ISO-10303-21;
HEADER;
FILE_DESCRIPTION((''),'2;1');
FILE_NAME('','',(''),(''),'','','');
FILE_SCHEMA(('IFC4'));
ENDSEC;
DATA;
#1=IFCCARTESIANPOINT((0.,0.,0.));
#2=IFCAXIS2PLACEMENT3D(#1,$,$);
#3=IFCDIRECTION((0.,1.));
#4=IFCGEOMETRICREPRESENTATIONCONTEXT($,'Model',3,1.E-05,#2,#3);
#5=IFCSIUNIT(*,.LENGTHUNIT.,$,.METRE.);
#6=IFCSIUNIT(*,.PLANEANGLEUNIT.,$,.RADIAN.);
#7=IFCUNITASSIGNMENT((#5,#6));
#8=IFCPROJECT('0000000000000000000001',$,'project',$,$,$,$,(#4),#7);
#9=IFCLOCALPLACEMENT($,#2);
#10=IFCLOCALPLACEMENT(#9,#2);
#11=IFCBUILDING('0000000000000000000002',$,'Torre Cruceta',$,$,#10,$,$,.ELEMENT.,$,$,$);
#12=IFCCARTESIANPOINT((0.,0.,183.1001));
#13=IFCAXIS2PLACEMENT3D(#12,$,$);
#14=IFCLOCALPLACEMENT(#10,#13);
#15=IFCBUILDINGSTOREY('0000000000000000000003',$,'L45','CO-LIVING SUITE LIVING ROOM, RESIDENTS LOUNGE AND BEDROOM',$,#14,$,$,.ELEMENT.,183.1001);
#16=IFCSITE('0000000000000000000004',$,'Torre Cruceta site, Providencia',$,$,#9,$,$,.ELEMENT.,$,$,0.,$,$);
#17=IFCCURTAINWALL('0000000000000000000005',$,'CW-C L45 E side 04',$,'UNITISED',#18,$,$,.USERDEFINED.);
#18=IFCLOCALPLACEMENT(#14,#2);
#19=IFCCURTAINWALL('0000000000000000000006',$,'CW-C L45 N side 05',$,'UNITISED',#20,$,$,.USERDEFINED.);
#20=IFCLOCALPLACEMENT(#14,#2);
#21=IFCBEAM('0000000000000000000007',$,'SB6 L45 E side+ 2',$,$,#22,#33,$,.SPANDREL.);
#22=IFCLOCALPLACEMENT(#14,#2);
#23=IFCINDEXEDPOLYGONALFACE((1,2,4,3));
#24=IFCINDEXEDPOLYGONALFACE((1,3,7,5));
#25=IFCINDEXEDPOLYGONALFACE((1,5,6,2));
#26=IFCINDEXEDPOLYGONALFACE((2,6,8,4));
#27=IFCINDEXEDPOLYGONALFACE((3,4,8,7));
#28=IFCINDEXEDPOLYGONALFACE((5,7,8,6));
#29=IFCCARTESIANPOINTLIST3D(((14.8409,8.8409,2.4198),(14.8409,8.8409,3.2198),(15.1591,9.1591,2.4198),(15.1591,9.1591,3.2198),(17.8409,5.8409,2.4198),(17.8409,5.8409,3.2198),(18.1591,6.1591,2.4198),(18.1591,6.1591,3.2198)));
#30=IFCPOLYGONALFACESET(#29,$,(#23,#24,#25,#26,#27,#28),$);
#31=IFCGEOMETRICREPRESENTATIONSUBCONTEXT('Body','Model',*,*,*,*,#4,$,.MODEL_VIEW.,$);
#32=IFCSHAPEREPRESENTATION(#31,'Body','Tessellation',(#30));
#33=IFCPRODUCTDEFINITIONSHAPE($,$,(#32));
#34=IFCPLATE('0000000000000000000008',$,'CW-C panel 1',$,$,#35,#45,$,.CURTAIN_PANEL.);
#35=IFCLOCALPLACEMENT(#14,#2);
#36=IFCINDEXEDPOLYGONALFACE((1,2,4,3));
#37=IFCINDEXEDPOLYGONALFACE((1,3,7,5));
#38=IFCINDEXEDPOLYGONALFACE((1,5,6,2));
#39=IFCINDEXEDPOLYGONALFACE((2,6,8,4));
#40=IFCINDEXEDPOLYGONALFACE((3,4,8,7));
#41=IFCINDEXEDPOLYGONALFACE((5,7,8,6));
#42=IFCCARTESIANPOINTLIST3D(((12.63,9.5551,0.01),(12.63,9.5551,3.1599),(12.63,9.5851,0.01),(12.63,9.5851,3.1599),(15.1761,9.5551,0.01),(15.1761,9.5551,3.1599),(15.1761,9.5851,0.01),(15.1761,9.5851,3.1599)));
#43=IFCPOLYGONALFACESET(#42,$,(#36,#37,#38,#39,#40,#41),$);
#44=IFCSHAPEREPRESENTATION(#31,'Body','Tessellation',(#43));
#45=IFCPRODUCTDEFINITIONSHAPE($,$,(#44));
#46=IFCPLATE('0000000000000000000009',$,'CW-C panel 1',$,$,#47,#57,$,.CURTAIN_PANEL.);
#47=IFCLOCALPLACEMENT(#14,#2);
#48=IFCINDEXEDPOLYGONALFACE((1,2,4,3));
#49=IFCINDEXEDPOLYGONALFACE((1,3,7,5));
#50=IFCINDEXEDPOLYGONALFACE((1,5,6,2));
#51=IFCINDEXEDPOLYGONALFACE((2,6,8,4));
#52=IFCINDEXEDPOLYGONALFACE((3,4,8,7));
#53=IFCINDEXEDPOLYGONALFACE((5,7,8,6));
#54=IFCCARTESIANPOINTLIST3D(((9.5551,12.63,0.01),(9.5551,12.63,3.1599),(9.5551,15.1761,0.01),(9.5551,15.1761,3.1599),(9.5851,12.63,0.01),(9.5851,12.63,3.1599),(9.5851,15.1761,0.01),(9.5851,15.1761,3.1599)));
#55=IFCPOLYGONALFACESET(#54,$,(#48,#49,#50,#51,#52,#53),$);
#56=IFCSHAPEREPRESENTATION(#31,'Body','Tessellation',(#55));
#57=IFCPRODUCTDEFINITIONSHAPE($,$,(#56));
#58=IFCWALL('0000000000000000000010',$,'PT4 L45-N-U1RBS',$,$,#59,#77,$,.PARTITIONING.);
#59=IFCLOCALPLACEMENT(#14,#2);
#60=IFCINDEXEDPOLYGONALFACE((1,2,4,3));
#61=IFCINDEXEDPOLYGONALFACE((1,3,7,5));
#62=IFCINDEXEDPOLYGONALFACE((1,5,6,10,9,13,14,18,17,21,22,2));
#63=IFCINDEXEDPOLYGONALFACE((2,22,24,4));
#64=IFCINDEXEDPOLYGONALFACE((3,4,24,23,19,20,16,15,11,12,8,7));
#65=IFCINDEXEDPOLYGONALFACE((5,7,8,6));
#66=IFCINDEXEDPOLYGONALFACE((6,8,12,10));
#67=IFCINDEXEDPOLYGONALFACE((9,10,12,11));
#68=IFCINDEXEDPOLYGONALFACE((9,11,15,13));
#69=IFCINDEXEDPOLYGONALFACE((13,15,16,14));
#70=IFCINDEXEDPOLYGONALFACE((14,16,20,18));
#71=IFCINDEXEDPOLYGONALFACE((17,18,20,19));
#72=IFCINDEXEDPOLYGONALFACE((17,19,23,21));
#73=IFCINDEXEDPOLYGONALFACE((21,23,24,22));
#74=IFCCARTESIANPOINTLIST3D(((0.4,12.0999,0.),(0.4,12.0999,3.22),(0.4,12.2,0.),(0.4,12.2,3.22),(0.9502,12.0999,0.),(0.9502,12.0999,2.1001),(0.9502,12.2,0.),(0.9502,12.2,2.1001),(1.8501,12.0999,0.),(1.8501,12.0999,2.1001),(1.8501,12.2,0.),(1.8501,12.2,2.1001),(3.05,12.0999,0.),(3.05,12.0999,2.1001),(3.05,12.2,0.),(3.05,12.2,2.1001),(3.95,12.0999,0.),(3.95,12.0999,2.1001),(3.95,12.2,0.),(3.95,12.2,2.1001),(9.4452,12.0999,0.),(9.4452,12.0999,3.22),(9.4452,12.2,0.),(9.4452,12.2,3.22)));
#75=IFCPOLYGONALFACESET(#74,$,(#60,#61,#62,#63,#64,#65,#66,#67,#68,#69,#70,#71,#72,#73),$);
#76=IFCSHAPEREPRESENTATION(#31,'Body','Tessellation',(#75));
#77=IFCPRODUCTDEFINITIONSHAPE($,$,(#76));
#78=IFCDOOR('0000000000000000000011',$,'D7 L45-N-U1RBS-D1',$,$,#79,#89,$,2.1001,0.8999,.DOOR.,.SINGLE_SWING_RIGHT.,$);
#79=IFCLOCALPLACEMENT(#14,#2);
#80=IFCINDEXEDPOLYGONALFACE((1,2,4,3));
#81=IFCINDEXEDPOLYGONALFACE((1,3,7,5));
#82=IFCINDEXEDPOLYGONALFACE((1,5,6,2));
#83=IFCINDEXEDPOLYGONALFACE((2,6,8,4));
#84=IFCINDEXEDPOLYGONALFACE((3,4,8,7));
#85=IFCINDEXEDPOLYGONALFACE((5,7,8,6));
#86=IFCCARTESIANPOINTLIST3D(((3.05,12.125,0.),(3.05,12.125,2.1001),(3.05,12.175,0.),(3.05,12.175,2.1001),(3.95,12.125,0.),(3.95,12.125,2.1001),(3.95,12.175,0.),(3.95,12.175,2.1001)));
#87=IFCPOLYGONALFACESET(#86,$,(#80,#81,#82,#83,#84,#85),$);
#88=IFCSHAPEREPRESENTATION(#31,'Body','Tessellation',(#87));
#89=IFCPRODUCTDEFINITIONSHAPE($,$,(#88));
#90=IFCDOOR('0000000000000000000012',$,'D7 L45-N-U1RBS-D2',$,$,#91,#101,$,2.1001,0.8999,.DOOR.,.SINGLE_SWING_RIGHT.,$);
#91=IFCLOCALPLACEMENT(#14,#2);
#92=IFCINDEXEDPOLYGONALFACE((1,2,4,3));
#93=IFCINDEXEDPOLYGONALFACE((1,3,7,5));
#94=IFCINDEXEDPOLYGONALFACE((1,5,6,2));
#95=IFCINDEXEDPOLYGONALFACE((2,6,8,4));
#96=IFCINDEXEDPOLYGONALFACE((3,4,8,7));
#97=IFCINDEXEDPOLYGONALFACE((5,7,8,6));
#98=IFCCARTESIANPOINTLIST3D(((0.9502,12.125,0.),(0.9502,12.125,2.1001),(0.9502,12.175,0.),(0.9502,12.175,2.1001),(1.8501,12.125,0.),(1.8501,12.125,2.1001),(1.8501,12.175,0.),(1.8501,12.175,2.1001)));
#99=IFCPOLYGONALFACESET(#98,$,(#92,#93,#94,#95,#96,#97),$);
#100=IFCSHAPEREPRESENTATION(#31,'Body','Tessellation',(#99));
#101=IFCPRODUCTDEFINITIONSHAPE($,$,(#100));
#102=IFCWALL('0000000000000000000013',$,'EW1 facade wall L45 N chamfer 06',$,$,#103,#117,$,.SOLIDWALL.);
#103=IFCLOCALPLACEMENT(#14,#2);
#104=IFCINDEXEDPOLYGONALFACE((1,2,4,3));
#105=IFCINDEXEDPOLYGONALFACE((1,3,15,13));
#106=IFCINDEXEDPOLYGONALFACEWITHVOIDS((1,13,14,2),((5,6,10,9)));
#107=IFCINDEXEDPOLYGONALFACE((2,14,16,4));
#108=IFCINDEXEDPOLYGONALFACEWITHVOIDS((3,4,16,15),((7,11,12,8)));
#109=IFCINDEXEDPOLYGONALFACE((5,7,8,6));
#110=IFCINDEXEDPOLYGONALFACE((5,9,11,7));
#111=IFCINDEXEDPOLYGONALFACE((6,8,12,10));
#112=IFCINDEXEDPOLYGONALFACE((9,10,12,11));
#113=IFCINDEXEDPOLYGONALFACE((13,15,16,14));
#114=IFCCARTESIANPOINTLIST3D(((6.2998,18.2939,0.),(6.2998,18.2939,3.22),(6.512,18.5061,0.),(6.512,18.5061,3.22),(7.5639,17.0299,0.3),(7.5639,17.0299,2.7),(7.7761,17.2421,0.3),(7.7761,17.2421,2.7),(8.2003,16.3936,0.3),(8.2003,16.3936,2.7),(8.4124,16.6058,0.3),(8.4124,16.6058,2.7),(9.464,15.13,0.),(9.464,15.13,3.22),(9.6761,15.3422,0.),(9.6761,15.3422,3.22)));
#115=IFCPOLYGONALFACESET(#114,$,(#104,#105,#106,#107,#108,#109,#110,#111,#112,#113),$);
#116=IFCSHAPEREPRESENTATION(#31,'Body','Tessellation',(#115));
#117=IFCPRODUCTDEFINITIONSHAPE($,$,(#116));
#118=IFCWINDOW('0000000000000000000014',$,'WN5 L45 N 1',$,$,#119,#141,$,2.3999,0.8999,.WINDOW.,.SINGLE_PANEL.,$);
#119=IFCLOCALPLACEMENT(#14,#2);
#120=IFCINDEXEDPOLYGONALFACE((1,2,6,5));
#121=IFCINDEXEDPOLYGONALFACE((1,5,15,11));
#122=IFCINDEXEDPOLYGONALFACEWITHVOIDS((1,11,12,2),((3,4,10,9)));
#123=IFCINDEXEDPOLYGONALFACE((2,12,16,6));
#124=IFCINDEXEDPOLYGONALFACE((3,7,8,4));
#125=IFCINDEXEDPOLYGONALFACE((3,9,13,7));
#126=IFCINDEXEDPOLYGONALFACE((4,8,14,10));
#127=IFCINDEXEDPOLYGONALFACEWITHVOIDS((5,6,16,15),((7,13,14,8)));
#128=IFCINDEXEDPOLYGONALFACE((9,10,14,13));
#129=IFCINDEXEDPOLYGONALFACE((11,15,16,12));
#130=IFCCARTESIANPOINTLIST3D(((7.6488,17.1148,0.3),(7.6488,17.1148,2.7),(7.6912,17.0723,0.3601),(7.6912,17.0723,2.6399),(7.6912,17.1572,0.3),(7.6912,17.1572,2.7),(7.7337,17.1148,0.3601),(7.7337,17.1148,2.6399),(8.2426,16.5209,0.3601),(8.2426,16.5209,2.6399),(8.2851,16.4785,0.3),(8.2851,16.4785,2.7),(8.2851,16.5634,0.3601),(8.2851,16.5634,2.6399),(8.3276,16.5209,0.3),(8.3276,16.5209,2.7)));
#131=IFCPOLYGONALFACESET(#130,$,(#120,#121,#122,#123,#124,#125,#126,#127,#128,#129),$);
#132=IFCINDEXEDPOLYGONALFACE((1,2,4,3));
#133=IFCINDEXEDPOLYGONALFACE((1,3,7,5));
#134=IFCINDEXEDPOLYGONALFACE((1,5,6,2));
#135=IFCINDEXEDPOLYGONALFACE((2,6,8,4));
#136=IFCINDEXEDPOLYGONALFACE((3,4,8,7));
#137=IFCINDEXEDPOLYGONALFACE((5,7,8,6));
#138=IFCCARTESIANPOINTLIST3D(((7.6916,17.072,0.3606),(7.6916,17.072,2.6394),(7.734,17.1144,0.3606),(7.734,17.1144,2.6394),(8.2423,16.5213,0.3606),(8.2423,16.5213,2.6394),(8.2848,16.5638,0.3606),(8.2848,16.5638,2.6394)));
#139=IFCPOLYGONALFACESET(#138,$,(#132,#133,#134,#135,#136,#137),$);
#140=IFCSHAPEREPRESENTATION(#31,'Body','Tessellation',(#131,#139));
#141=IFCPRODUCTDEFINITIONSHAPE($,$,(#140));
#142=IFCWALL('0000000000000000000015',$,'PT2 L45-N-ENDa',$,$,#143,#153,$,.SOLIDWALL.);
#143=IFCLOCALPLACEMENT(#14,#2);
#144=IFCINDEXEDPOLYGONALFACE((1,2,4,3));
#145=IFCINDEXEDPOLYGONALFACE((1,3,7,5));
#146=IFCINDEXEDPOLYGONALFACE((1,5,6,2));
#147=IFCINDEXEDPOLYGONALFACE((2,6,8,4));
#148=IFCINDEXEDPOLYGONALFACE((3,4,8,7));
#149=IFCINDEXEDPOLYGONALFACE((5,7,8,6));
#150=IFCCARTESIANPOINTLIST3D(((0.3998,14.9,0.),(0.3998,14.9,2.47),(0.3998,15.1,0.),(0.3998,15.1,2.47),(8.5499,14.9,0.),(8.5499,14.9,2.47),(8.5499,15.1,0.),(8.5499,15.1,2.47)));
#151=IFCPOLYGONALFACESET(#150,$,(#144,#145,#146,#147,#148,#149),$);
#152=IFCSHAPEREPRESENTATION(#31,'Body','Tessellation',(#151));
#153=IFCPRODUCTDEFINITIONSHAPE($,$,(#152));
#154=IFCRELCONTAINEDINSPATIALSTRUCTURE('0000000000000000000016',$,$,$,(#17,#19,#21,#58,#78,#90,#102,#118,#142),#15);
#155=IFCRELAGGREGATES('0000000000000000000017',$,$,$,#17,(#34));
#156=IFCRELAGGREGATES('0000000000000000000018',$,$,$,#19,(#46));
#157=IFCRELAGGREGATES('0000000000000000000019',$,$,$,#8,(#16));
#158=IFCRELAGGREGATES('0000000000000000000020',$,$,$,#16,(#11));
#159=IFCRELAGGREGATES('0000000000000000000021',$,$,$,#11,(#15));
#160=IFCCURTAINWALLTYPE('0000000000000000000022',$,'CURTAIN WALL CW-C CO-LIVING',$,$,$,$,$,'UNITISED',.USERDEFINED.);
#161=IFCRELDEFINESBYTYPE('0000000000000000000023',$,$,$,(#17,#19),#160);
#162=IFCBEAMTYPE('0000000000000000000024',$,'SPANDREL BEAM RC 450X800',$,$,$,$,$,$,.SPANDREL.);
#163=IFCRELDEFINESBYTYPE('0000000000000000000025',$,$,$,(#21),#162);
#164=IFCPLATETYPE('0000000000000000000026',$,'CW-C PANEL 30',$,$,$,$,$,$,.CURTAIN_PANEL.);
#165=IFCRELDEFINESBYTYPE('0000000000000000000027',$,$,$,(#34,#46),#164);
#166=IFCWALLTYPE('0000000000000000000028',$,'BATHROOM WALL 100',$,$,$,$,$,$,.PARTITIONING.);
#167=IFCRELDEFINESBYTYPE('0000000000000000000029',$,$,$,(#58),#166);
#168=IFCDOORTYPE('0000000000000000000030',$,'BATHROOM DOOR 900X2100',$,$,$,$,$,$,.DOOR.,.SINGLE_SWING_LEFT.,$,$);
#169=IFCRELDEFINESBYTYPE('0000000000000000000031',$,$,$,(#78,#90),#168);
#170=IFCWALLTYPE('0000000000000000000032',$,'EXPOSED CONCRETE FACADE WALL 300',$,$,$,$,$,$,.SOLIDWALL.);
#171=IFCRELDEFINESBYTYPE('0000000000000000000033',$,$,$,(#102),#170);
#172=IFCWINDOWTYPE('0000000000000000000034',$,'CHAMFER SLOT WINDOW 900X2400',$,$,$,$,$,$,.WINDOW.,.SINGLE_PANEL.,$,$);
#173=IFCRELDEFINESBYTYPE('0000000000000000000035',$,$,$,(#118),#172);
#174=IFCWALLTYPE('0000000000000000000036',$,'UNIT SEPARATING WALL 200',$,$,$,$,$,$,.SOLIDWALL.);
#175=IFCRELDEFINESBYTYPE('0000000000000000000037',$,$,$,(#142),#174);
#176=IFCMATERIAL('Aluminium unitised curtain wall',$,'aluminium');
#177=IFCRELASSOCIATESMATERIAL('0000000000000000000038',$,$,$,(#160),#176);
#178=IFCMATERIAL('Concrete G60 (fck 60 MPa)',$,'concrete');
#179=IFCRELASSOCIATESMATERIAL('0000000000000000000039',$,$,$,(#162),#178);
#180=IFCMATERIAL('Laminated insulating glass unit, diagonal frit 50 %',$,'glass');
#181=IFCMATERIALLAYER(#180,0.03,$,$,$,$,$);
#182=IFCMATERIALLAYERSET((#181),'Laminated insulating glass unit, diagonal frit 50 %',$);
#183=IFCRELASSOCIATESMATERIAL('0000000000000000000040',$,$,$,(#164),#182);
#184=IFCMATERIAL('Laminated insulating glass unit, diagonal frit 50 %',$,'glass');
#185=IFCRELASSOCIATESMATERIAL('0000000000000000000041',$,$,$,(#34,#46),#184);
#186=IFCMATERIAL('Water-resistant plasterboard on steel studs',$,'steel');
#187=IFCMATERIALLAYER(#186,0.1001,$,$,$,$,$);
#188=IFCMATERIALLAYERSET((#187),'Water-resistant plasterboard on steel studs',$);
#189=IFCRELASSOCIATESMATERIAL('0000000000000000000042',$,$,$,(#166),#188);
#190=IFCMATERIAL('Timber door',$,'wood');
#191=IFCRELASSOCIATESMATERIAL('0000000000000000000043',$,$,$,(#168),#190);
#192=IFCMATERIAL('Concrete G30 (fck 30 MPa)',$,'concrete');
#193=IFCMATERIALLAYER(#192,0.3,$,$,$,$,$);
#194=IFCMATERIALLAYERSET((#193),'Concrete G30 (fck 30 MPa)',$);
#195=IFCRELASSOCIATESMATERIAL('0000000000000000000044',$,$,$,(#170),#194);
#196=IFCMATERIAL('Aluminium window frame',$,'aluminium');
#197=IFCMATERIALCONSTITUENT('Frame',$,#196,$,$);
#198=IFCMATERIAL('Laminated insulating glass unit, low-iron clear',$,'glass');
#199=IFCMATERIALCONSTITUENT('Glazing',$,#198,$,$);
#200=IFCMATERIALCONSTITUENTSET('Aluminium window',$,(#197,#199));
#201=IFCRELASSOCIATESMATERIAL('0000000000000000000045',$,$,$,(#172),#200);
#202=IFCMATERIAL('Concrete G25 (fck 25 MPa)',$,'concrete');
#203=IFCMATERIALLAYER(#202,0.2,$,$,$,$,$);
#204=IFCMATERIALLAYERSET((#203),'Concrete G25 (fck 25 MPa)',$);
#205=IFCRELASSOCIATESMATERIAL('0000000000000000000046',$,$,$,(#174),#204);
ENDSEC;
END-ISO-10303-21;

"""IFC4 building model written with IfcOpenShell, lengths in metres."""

from ifc_helpers import new_model, si_unit, direction, frame, frame_2d, origin, origin_2d, place, context, subcontext, project, spatial, rectangle, hollow_rectangle, extrude, material, layer, layer_set, constituent, constituent_set, material_profile, profile_set, type_object, element, fill, aggregate, save


model = new_model("IFC4")

# Units and contexts
model_context = context("Model", 3, precision=1e-05, world=origin(), true_north=direction((0.0, 1.0)))
body_context = subcontext(model_context, "Body", "Model", "MODEL_VIEW")
ifc_project = project(units=[si_unit("LENGTHUNIT", "METRE"), si_unit("PLANEANGLEUNIT", "RADIAN")], contexts=[model_context])

# Site, building, storey
site_placement = place(None, origin())
site = spatial("IfcSite", under=ifc_project, at=site_placement, Name="Torre Cruceta site, Providencia", CompositionType="ELEMENT", RefElevation=0.0)
building_placement = place(site_placement, origin())
building = spatial("IfcBuilding", under=site, at=building_placement, Name="Torre Cruceta", CompositionType="ELEMENT")
storey_placement = place(building_placement, frame((0.0, 0.0, 183.1001)))
storey = spatial("IfcBuildingStorey", under=building, at=storey_placement, Name="L45", Description="CO-LIVING SUITE LIVING ROOM, RESIDENTS LOUNGE AND BEDROOM", CompositionType="ELEMENT", Elevation=183.1001)

# Curtain walls
ifc_material_1 = material(Name="Aluminium unitised curtain wall", Category="aluminium")
curtain_wall_type = type_object("IfcCurtainWallType", Name="CURTAIN WALL CW-C CO-LIVING", ElementType="UNITISED", PredefinedType="USERDEFINED", material=ifc_material_1)
curtain_wall_1_placement = place(storey_placement, origin())
curtain_wall_1 = element("IfcCurtainWall", 1, at=curtain_wall_1_placement, inside=storey, type_object=curtain_wall_type, Name="CW-C L45 E side 04", ObjectType="UNITISED", PredefinedType="USERDEFINED")
curtain_wall_2_placement = place(storey_placement, origin())
curtain_wall_2 = element("IfcCurtainWall", 2, at=curtain_wall_2_placement, inside=storey, type_object=curtain_wall_type, Name="CW-C L45 N side 05", ObjectType="UNITISED", PredefinedType="USERDEFINED")

# Beam
ifc_material_2 = material(Name="Concrete G60 (fck 60 MPa)", Category="concrete")
ifc_material_profile_1 = material_profile(ifc_material_2, rectangle(XDim=0.45, YDim=0.8, at=origin_2d()), Name="RC 450X800")
ifc_profile_set_1 = profile_set([ifc_material_profile_1], Name="Concrete G60 (fck 60 MPa)")
beam_type_1 = type_object("IfcBeamType", Name="SPANDREL BEAM RC 450X800", PredefinedType="SPANDREL", material=ifc_profile_set_1)
for number, where, z_axis, x_axis, name in (
    (3, (15.0, 9.0, 2.8198), (0.707107, -0.707107, 0.0), (0.707107, 0.707107, 0.0), "SB6 L45 E side+ 2"),
):
    element("IfcBeam", number, at=place(storey_placement, frame(where, z_axis=z_axis, x_axis=x_axis)), inside=storey, type_object=beam_type_1, Name=name, PredefinedType="SPANDREL", context=body_context, shape_type="SweptSolid", body=[
        extrude(rectangle(XDim=0.45, YDim=0.8, at=origin_2d()), origin(), (0.0, 0.0, 1.0), 4.2427),
    ])

# Plates
ifc_material_3 = material(Name="Laminated insulating glass unit, diagonal frit 50 %", Category="glass")
ifc_material_4 = material(Name="Laminated insulating glass unit, diagonal frit 50 %", Category="glass")
ifc_layer_1 = layer(ifc_material_4, 0.03)
ifc_layer_set_1 = layer_set([ifc_layer_1], Name="Laminated insulating glass unit, diagonal frit 50 %")
plate_type = type_object("IfcPlateType", Name="CW-C PANEL 30", PredefinedType="CURTAIN_PANEL", material=ifc_layer_set_1)
plate_1_placement = place(storey_placement, frame((13.9031, 9.5701, 0.01), z_axis=(0.0, 0.0, 1.0), x_axis=(-1.0, 0.0, 0.0)))
plate_1 = element("IfcPlate", 4, at=plate_1_placement, type_object=plate_type, material=ifc_material_3, Name="CW-C panel 1", PredefinedType="CURTAIN_PANEL", context=body_context, shape_type="SweptSolid", body=[
    extrude(rectangle(XDim=2.5461, YDim=0.03, at=origin_2d()), origin(), (0.0, 0.0, 1.0), 3.1499),
])
aggregate(curtain_wall_1, [plate_1])
plate_2_placement = place(storey_placement, frame((9.5701, 13.9031, 0.01), z_axis=(0.0, 0.0, 1.0), x_axis=(0.0, 1.0, 0.0)))
plate_2 = element("IfcPlate", 5, at=plate_2_placement, type_object=plate_type, material=ifc_material_3, Name="CW-C panel 1", PredefinedType="CURTAIN_PANEL", context=body_context, shape_type="SweptSolid", body=[
    extrude(rectangle(XDim=2.5461, YDim=0.03, at=origin_2d()), origin(), (0.0, 0.0, 1.0), 3.1499),
])
aggregate(curtain_wall_2, [plate_2])

# Wall, openings, doors
ifc_material_5 = material(Name="Water-resistant plasterboard on steel studs", Category="steel")
ifc_layer_2 = layer(ifc_material_5, 0.1001)
ifc_layer_set_2 = layer_set([ifc_layer_2], Name="Water-resistant plasterboard on steel studs")
wall_type_1 = type_object("IfcWallType", Name="BATHROOM WALL 100", PredefinedType="PARTITIONING", material=ifc_layer_set_2)
wall_1_placement = place(storey_placement, frame((9.4451, 12.1499, 0.0), z_axis=(0.0, 0.0, 1.0), x_axis=(-1.0, 0.0, 0.0)))
wall_1 = element("IfcWall", 6, at=wall_1_placement, inside=storey, type_object=wall_type_1, Name="PT4 L45-N-U1RBS", PredefinedType="PARTITIONING", context=body_context, shape_type="SweptSolid", body=[
    extrude(rectangle(XDim=9.0452, YDim=0.1001, at=frame_2d((4.5225, 0.0))), origin(), (0.0, 0.0, 1.0), 3.22),
])
opening_1_placement = place(wall_1_placement, frame((5.4951, 0.0, 0.0)))
opening_1 = element("IfcOpeningElement", 7, at=opening_1_placement, cuts=wall_1, PredefinedType="OPENING", context=body_context, shape_type="SweptSolid", body=[
    extrude(rectangle(XDim=0.8999, YDim=2.1001, at=frame_2d((0.45, 1.05))), frame((0.0, 0.0601, 0.0), z_axis=(0.0, -1.0, 0.0), x_axis=(1.0, 0.0, 0.0)), (0.0, 0.0, 1.0), 0.1201),
])
opening_2_placement = place(wall_1_placement, frame((7.595, 0.0, 0.0)))
opening_2 = element("IfcOpeningElement", 8, at=opening_2_placement, cuts=wall_1, PredefinedType="OPENING", context=body_context, shape_type="SweptSolid", body=[
    extrude(rectangle(XDim=0.8999, YDim=2.1001, at=frame_2d((0.45, 1.05))), frame((0.0, 0.0601, 0.0), z_axis=(0.0, -1.0, 0.0), x_axis=(1.0, 0.0, 0.0)), (0.0, 0.0, 1.0), 0.1201),
])
ifc_material_6 = material(Name="Timber door", Category="wood")
door_type_1 = type_object("IfcDoorType", Name="BATHROOM DOOR 900X2100", OperationType="SINGLE_SWING_LEFT", PredefinedType="DOOR", material=ifc_material_6)
door_1_placement = place(opening_1_placement, origin())
door_1 = element("IfcDoor", 9, at=door_1_placement, inside=storey, type_object=door_type_1, Name="D7 L45-N-U1RBS-D1", OperationType="SINGLE_SWING_RIGHT", OverallHeight=2.1001, OverallWidth=0.8999, PredefinedType="DOOR", context=body_context, shape_type="SweptSolid", body=[
    extrude(rectangle(XDim=0.8999, YDim=2.1001, at=frame_2d((0.45, 1.05))), frame((0.0, 0.0249, 0.0), z_axis=(0.0, -1.0, 0.0), x_axis=(1.0, 0.0, 0.0)), (0.0, 0.0, 1.0), 0.05),
])
fill(opening_1, door_1)
door_2_placement = place(opening_2_placement, origin())
door_2 = element("IfcDoor", 10, at=door_2_placement, inside=storey, type_object=door_type_1, Name="D7 L45-N-U1RBS-D2", OperationType="SINGLE_SWING_RIGHT", OverallHeight=2.1001, OverallWidth=0.8999, PredefinedType="DOOR", context=body_context, shape_type="SweptSolid", body=[
    extrude(rectangle(XDim=0.8999, YDim=2.1001, at=frame_2d((0.45, 1.05))), frame((0.0, 0.0249, 0.0), z_axis=(0.0, -1.0, 0.0), x_axis=(1.0, 0.0, 0.0)), (0.0, 0.0, 1.0), 0.05),
])
fill(opening_2, door_2)

# Wall, opening, window
ifc_material_7 = material(Name="Concrete G30 (fck 30 MPa)", Category="concrete")
ifc_layer_3 = layer(ifc_material_7, 0.3)
ifc_layer_set_3 = layer_set([ifc_layer_3], Name="Concrete G30 (fck 30 MPa)")
wall_type_2 = type_object("IfcWallType", Name="EXPOSED CONCRETE FACADE WALL 300", PredefinedType="SOLIDWALL", material=ifc_layer_set_3)
wall_2_placement = place(storey_placement, frame((9.5701, 15.2361, 0.0), z_axis=(0.0, 0.0, 1.0), x_axis=(-0.707134, 0.707079, 0.0)))
wall_2 = element("IfcWall", 11, at=wall_2_placement, inside=storey, type_object=wall_type_2, Name="EW1 facade wall L45 N chamfer 06", PredefinedType="SOLIDWALL", context=body_context, shape_type="SweptSolid", body=[
    extrude(rectangle(XDim=4.4746, YDim=0.3, at=frame_2d((2.2373, 0.0))), origin(), (0.0, 0.0, 1.0), 3.22),
])
opening_3_placement = place(wall_2_placement, frame((1.7871, 0.0, 0.3)))
opening_3 = element("IfcOpeningElement", 12, at=opening_3_placement, cuts=wall_2, PredefinedType="OPENING", context=body_context, shape_type="SweptSolid", body=[
    extrude(rectangle(XDim=0.8999, YDim=2.3999, at=frame_2d((0.45, 1.2))), frame((0.0, 0.1599, 0.0), z_axis=(0.0, -1.0, 0.0), x_axis=(1.0, 0.0, 0.0)), (0.0, 0.0, 1.0), 0.3201),
])
ifc_material_8 = material(Name="Aluminium window frame", Category="aluminium")
ifc_constituent_1 = constituent(ifc_material_8, Name="Frame")
ifc_material_9 = material(Name="Laminated insulating glass unit, low-iron clear", Category="glass")
ifc_constituent_2 = constituent(ifc_material_9, Name="Glazing")
ifc_constituent_set_1 = constituent_set(constituents=[ifc_constituent_1, ifc_constituent_2], Name="Aluminium window")
window_type = type_object("IfcWindowType", Name="CHAMFER SLOT WINDOW 900X2400", PartitioningType="SINGLE_PANEL", PredefinedType="WINDOW", material=ifc_constituent_set_1)
window_placement = place(opening_3_placement, origin())
window = element("IfcWindow", 13, at=window_placement, inside=storey, type_object=window_type, Name="WN5 L45 N 1", OverallHeight=2.3999, OverallWidth=0.8999, PartitioningType="SINGLE_PANEL", PredefinedType="WINDOW", context=body_context, shape_type="SweptSolid", body=[
    extrude(hollow_rectangle(XDim=0.8999, YDim=2.3999, WallThickness=0.0601, at=frame_2d((0.45, 1.2))), frame((0.0, 0.03, 0.0), z_axis=(0.0, -1.0, 0.0), x_axis=(1.0, 0.0, 0.0)), (0.0, 0.0, 1.0), 0.0601),
    extrude(rectangle(XDim=0.7788, YDim=2.2788, at=frame_2d((0.45, 1.2))), frame((0.0, 0.03, 0.0), z_axis=(0.0, -1.0, 0.0), x_axis=(1.0, 0.0, 0.0)), (0.0, 0.0, 1.0), 0.0601),
])
fill(opening_3, window)

# Wall
ifc_material_10 = material(Name="Concrete G25 (fck 25 MPa)", Category="concrete")
ifc_layer_4 = layer(ifc_material_10, 0.2)
ifc_layer_set_4 = layer_set([ifc_layer_4], Name="Concrete G25 (fck 25 MPa)")
wall_type_3 = type_object("IfcWallType", Name="UNIT SEPARATING WALL 200", PredefinedType="SOLIDWALL", material=ifc_layer_set_4)
wall_3_placement = place(storey_placement, frame((8.55, 15.0, 0.0), z_axis=(0.0, 0.0, 1.0), x_axis=(-1.0, 0.0, 0.0)))
element("IfcWall", 14, at=wall_3_placement, inside=storey, type_object=wall_type_3, Name="PT2 L45-N-ENDa", PredefinedType="SOLIDWALL", context=body_context, shape_type="SweptSolid", body=[
    extrude(rectangle(XDim=8.1501, YDim=0.2, at=frame_2d((4.0752, 0.0))), origin(), (0.0, 0.0, 1.0), 2.47),
])

save(model, "model.ifc")
